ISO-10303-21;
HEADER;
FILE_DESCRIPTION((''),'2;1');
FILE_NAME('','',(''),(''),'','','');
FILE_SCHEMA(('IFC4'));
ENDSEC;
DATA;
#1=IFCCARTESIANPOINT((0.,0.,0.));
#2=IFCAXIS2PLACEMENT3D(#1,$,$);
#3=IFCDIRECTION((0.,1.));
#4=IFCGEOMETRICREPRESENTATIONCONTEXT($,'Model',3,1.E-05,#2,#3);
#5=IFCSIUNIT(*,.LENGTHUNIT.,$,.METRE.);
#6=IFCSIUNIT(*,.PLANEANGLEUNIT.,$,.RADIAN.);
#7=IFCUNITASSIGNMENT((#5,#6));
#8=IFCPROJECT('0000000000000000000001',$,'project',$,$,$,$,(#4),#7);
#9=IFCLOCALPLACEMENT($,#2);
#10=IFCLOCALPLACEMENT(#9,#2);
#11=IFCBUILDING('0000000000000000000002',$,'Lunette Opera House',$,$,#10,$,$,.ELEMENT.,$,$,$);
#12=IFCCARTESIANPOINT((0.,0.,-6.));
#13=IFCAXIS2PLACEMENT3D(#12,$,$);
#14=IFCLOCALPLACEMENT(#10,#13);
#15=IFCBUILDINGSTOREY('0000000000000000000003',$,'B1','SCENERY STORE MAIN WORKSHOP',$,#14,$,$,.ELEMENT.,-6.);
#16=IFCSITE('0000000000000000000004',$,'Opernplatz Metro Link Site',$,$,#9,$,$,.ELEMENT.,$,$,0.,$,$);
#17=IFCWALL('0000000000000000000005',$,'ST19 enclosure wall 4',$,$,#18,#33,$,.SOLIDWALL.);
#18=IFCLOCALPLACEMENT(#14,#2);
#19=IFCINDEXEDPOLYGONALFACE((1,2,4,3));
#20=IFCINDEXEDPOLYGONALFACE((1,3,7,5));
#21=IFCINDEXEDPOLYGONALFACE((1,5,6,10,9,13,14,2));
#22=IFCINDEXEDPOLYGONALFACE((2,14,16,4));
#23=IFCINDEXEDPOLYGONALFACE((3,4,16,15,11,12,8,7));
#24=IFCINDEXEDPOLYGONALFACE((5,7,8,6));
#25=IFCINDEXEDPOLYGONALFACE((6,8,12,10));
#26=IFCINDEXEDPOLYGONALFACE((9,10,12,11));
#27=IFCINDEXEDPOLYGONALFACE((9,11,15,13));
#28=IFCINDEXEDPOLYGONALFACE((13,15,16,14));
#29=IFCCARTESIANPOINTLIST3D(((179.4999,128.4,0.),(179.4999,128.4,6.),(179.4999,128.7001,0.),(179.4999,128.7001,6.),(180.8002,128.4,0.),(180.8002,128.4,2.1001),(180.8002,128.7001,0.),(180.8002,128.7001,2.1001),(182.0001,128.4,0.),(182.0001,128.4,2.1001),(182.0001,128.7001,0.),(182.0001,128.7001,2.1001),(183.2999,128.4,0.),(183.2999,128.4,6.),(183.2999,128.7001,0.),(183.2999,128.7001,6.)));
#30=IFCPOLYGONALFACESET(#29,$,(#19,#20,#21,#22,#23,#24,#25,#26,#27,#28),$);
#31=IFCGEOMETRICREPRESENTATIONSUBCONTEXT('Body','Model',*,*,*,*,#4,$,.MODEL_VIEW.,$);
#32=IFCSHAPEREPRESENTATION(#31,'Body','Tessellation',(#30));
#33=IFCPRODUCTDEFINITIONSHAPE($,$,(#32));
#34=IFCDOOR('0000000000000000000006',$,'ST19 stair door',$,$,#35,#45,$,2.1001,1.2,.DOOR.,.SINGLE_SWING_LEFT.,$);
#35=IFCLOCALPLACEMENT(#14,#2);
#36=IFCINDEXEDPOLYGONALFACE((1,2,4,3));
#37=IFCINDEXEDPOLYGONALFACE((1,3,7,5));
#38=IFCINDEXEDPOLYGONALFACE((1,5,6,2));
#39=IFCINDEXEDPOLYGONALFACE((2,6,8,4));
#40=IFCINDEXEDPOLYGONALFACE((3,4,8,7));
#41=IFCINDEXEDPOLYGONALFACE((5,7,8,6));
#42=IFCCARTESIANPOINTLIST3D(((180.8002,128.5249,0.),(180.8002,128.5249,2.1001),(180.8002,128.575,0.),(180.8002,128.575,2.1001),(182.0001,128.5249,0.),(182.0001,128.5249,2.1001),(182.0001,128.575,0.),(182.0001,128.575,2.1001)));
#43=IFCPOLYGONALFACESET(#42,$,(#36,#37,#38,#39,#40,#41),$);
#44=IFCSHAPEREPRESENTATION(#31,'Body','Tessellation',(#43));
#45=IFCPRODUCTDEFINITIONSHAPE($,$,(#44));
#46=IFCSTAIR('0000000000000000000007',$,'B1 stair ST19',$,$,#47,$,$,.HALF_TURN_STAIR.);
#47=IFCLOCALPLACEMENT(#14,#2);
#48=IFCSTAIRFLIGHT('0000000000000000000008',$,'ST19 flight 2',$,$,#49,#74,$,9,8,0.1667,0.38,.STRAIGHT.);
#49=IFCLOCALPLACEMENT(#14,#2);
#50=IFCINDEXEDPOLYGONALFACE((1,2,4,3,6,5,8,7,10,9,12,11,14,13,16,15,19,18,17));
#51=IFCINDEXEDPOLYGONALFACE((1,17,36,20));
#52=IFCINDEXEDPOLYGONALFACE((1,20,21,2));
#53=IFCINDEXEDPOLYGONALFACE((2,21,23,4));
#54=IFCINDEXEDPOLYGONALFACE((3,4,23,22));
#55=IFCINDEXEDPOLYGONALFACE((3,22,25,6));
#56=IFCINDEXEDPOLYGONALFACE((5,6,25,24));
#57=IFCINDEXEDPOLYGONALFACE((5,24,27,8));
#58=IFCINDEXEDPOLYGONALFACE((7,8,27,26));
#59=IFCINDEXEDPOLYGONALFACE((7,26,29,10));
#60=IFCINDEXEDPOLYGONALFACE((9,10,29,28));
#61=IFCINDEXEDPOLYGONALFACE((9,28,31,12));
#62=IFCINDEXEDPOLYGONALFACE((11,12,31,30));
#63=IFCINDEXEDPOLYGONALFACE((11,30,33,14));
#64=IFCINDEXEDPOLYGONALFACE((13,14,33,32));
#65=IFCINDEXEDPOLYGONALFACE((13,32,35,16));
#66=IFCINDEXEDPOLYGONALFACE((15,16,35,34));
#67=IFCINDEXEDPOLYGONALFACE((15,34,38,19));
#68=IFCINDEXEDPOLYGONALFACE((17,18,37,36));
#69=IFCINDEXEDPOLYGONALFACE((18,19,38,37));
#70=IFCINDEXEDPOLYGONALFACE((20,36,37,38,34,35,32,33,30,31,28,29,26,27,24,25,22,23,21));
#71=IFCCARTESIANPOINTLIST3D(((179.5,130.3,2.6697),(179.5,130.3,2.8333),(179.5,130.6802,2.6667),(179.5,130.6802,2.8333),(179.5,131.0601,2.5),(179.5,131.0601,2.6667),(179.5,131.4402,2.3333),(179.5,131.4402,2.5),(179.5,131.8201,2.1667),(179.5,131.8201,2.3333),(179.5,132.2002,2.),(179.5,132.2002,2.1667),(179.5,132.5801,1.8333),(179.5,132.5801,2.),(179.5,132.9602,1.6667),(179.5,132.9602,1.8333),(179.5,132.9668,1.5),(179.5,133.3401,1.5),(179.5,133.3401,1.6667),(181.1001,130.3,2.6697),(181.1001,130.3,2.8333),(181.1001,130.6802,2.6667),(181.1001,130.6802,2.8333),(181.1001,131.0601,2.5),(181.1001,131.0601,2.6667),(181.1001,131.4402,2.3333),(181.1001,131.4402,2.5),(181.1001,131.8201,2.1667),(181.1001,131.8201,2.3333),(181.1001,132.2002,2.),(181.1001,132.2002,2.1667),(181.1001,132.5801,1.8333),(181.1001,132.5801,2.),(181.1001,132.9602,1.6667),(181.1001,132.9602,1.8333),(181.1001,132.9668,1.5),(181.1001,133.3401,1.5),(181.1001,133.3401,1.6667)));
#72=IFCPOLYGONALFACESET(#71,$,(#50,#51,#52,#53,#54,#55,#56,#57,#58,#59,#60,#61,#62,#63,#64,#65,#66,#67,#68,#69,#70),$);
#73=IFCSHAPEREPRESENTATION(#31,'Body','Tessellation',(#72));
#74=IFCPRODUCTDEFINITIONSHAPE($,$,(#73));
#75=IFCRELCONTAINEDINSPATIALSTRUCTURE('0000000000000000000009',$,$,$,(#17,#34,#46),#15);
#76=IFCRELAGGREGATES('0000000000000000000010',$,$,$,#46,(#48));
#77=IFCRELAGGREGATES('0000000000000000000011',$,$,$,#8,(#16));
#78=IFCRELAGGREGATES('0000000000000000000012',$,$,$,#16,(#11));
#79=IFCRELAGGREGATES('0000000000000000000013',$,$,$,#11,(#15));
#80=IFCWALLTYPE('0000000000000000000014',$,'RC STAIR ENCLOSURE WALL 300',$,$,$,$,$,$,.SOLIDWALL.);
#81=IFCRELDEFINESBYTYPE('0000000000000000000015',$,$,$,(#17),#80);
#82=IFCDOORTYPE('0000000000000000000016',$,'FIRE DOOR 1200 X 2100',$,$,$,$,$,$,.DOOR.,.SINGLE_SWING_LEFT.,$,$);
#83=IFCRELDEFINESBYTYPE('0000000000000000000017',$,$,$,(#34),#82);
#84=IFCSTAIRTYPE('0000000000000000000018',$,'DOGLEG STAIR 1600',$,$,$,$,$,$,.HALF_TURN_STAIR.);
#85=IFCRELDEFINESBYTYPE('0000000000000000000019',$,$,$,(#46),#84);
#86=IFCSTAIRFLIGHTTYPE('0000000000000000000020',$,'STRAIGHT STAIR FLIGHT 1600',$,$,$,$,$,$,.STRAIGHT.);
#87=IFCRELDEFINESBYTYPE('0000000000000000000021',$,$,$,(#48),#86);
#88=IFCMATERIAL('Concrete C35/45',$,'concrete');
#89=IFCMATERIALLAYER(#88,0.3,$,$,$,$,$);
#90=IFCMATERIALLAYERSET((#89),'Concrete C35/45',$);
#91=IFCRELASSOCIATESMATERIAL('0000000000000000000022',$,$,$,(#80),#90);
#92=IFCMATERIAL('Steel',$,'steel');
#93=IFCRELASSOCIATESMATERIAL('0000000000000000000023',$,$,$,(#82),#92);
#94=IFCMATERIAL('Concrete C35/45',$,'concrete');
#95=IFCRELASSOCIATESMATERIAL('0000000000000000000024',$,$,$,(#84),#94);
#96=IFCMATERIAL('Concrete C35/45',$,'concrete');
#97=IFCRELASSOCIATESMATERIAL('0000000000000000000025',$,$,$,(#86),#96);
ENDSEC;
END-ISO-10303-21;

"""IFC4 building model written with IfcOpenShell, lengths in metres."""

from ifc_helpers import new_model, si_unit, direction, frame, frame_2d, origin, place, context, subcontext, project, spatial, polyline, rectangle, outline, extrude, material, layer, layer_set, type_object, element, fill, aggregate, save


model = new_model("IFC4")

# Units and contexts
model_context = context("Model", 3, precision=1e-05, world=origin(), true_north=direction((0.0, 1.0)))
body_context = subcontext(model_context, "Body", "Model", "MODEL_VIEW")
ifc_project = project(units=[si_unit("LENGTHUNIT", "METRE"), si_unit("PLANEANGLEUNIT", "RADIAN")], contexts=[model_context])

# Site, building, storey
site_placement = place(None, origin())
site = spatial("IfcSite", under=ifc_project, at=site_placement, Name="Opernplatz Metro Link Site", CompositionType="ELEMENT", RefElevation=0.0)
building_placement = place(site_placement, origin())
building = spatial("IfcBuilding", under=site, at=building_placement, Name="Lunette Opera House", CompositionType="ELEMENT")
storey_placement = place(building_placement, frame((0.0, 0.0, -6.0)))
storey = spatial("IfcBuildingStorey", under=building, at=storey_placement, Name="B1", Description="SCENERY STORE MAIN WORKSHOP", CompositionType="ELEMENT", Elevation=-6.0)

# Shared definitions
ifc_material_1 = material(Name="Concrete C35/45", Category="concrete")
ifc_layer = layer(ifc_material_1, 0.3)
ifc_layer_set = layer_set([ifc_layer], Name="Concrete C35/45")
wall_type = type_object("IfcWallType", Name="RC STAIR ENCLOSURE WALL 300", PredefinedType="SOLIDWALL", material=ifc_layer_set)

# Wall, opening, door
wall_1_placement = place(storey_placement, frame((179.5, 128.55, 0.0), z_axis=(0.0, 0.0, 1.0), x_axis=(1.0, 0.0, 0.0)))
wall_1 = element("IfcWall", 1, at=wall_1_placement, inside=storey, type_object=wall_type, Name="ST19 enclosure wall 4", PredefinedType="SOLIDWALL", context=body_context, shape_type="SweptSolid", body=[
    extrude(rectangle(XDim=3.8, YDim=0.3, at=frame_2d((1.8999, 0.0))), origin(), (0.0, 0.0, 1.0), 6.0),
])
opening_placement = place(wall_1_placement, frame((1.3, 0.0, 0.0)))
opening = element("IfcOpeningElement", 2, at=opening_placement, cuts=wall_1, PredefinedType="OPENING", context=body_context, shape_type="SweptSolid", body=[
    extrude(rectangle(XDim=1.2, YDim=2.1001, at=frame_2d((0.6001, 1.05))), frame((0.0, 0.1621, 0.0), z_axis=(0.0, -1.0, 0.0), x_axis=(1.0, 0.0, 0.0)), (0.0, 0.0, 1.0), 0.324),
])
ifc_material_2 = material(Name="Steel", Category="steel")
door_type = type_object("IfcDoorType", Name="FIRE DOOR 1200 X 2100", OperationType="SINGLE_SWING_LEFT", PredefinedType="DOOR", material=ifc_material_2)
door_placement = place(opening_placement, origin())
door = element("IfcDoor", 3, at=door_placement, inside=storey, type_object=door_type, Name="ST19 stair door", OperationType="SINGLE_SWING_LEFT", OverallHeight=2.1001, OverallWidth=1.2, PredefinedType="DOOR", context=body_context, shape_type="SweptSolid", body=[
    extrude(rectangle(XDim=1.2, YDim=2.1001, at=frame_2d((0.6001, 1.05))), frame((0.0, 0.0249, 0.0), z_axis=(0.0, -1.0, 0.0), x_axis=(1.0, 0.0, 0.0)), (0.0, 0.0, 1.0), 0.05),
])
fill(opening, door)

# Stair, stair flight
ifc_material_3 = material(Name="Concrete C35/45", Category="concrete")
stair_type = type_object("IfcStairType", Name="DOGLEG STAIR 1600", PredefinedType="HALF_TURN_STAIR", material=ifc_material_3)
stair_placement = place(storey_placement, origin())
stair = element("IfcStair", 4, at=stair_placement, inside=storey, type_object=stair_type, Name="B1 stair ST19", PredefinedType="HALF_TURN_STAIR")
ifc_material_4 = material(Name="Concrete C35/45", Category="concrete")
stair_flight_type = type_object("IfcStairFlightType", Name="STRAIGHT STAIR FLIGHT 1600", PredefinedType="STRAIGHT", material=ifc_material_4)
stair_flight_placement = place(storey_placement, frame((180.3, 133.3401, 1.5), z_axis=(0.0, 0.0, 1.0), x_axis=(0.0, -1.0, 0.0)))
stair_flight = element("IfcStairFlight", 5, at=stair_flight_placement, type_object=stair_flight_type, Name="ST19 flight 2", NumberOfRisers=9, NumberOfTreads=8, PredefinedType="STRAIGHT", RiserHeight=0.1667, TreadLength=0.38, context=body_context, shape_type="SweptSolid", body=[
    extrude(outline(polyline([(0.0, 0.0), (0.0, 0.1667), (0.3799, 0.1667), (0.3799, 0.3333), (0.76, 0.3333), (0.76, 0.5), (1.1399, 0.5), (1.1399, 0.6667), (1.52, 0.6667), (1.52, 0.8333), (1.8999, 0.8333), (1.8999, 1.0), (2.28, 1.0), (2.28, 1.1667), (2.6599, 1.1667), (2.6599, 1.3333), (3.04, 1.3333), (3.04, 1.5), (3.04, 1.1697), (0.3733, 0.0), (0.0, 0.0)])), frame((0.0, 0.8, 0.0), z_axis=(0.0, -1.0, 0.0), x_axis=(1.0, 0.0, 0.0)), (0.0, 0.0, 1.0), 1.6001),
])
aggregate(stair, [stair_flight])

save(model, "model.ifc")
